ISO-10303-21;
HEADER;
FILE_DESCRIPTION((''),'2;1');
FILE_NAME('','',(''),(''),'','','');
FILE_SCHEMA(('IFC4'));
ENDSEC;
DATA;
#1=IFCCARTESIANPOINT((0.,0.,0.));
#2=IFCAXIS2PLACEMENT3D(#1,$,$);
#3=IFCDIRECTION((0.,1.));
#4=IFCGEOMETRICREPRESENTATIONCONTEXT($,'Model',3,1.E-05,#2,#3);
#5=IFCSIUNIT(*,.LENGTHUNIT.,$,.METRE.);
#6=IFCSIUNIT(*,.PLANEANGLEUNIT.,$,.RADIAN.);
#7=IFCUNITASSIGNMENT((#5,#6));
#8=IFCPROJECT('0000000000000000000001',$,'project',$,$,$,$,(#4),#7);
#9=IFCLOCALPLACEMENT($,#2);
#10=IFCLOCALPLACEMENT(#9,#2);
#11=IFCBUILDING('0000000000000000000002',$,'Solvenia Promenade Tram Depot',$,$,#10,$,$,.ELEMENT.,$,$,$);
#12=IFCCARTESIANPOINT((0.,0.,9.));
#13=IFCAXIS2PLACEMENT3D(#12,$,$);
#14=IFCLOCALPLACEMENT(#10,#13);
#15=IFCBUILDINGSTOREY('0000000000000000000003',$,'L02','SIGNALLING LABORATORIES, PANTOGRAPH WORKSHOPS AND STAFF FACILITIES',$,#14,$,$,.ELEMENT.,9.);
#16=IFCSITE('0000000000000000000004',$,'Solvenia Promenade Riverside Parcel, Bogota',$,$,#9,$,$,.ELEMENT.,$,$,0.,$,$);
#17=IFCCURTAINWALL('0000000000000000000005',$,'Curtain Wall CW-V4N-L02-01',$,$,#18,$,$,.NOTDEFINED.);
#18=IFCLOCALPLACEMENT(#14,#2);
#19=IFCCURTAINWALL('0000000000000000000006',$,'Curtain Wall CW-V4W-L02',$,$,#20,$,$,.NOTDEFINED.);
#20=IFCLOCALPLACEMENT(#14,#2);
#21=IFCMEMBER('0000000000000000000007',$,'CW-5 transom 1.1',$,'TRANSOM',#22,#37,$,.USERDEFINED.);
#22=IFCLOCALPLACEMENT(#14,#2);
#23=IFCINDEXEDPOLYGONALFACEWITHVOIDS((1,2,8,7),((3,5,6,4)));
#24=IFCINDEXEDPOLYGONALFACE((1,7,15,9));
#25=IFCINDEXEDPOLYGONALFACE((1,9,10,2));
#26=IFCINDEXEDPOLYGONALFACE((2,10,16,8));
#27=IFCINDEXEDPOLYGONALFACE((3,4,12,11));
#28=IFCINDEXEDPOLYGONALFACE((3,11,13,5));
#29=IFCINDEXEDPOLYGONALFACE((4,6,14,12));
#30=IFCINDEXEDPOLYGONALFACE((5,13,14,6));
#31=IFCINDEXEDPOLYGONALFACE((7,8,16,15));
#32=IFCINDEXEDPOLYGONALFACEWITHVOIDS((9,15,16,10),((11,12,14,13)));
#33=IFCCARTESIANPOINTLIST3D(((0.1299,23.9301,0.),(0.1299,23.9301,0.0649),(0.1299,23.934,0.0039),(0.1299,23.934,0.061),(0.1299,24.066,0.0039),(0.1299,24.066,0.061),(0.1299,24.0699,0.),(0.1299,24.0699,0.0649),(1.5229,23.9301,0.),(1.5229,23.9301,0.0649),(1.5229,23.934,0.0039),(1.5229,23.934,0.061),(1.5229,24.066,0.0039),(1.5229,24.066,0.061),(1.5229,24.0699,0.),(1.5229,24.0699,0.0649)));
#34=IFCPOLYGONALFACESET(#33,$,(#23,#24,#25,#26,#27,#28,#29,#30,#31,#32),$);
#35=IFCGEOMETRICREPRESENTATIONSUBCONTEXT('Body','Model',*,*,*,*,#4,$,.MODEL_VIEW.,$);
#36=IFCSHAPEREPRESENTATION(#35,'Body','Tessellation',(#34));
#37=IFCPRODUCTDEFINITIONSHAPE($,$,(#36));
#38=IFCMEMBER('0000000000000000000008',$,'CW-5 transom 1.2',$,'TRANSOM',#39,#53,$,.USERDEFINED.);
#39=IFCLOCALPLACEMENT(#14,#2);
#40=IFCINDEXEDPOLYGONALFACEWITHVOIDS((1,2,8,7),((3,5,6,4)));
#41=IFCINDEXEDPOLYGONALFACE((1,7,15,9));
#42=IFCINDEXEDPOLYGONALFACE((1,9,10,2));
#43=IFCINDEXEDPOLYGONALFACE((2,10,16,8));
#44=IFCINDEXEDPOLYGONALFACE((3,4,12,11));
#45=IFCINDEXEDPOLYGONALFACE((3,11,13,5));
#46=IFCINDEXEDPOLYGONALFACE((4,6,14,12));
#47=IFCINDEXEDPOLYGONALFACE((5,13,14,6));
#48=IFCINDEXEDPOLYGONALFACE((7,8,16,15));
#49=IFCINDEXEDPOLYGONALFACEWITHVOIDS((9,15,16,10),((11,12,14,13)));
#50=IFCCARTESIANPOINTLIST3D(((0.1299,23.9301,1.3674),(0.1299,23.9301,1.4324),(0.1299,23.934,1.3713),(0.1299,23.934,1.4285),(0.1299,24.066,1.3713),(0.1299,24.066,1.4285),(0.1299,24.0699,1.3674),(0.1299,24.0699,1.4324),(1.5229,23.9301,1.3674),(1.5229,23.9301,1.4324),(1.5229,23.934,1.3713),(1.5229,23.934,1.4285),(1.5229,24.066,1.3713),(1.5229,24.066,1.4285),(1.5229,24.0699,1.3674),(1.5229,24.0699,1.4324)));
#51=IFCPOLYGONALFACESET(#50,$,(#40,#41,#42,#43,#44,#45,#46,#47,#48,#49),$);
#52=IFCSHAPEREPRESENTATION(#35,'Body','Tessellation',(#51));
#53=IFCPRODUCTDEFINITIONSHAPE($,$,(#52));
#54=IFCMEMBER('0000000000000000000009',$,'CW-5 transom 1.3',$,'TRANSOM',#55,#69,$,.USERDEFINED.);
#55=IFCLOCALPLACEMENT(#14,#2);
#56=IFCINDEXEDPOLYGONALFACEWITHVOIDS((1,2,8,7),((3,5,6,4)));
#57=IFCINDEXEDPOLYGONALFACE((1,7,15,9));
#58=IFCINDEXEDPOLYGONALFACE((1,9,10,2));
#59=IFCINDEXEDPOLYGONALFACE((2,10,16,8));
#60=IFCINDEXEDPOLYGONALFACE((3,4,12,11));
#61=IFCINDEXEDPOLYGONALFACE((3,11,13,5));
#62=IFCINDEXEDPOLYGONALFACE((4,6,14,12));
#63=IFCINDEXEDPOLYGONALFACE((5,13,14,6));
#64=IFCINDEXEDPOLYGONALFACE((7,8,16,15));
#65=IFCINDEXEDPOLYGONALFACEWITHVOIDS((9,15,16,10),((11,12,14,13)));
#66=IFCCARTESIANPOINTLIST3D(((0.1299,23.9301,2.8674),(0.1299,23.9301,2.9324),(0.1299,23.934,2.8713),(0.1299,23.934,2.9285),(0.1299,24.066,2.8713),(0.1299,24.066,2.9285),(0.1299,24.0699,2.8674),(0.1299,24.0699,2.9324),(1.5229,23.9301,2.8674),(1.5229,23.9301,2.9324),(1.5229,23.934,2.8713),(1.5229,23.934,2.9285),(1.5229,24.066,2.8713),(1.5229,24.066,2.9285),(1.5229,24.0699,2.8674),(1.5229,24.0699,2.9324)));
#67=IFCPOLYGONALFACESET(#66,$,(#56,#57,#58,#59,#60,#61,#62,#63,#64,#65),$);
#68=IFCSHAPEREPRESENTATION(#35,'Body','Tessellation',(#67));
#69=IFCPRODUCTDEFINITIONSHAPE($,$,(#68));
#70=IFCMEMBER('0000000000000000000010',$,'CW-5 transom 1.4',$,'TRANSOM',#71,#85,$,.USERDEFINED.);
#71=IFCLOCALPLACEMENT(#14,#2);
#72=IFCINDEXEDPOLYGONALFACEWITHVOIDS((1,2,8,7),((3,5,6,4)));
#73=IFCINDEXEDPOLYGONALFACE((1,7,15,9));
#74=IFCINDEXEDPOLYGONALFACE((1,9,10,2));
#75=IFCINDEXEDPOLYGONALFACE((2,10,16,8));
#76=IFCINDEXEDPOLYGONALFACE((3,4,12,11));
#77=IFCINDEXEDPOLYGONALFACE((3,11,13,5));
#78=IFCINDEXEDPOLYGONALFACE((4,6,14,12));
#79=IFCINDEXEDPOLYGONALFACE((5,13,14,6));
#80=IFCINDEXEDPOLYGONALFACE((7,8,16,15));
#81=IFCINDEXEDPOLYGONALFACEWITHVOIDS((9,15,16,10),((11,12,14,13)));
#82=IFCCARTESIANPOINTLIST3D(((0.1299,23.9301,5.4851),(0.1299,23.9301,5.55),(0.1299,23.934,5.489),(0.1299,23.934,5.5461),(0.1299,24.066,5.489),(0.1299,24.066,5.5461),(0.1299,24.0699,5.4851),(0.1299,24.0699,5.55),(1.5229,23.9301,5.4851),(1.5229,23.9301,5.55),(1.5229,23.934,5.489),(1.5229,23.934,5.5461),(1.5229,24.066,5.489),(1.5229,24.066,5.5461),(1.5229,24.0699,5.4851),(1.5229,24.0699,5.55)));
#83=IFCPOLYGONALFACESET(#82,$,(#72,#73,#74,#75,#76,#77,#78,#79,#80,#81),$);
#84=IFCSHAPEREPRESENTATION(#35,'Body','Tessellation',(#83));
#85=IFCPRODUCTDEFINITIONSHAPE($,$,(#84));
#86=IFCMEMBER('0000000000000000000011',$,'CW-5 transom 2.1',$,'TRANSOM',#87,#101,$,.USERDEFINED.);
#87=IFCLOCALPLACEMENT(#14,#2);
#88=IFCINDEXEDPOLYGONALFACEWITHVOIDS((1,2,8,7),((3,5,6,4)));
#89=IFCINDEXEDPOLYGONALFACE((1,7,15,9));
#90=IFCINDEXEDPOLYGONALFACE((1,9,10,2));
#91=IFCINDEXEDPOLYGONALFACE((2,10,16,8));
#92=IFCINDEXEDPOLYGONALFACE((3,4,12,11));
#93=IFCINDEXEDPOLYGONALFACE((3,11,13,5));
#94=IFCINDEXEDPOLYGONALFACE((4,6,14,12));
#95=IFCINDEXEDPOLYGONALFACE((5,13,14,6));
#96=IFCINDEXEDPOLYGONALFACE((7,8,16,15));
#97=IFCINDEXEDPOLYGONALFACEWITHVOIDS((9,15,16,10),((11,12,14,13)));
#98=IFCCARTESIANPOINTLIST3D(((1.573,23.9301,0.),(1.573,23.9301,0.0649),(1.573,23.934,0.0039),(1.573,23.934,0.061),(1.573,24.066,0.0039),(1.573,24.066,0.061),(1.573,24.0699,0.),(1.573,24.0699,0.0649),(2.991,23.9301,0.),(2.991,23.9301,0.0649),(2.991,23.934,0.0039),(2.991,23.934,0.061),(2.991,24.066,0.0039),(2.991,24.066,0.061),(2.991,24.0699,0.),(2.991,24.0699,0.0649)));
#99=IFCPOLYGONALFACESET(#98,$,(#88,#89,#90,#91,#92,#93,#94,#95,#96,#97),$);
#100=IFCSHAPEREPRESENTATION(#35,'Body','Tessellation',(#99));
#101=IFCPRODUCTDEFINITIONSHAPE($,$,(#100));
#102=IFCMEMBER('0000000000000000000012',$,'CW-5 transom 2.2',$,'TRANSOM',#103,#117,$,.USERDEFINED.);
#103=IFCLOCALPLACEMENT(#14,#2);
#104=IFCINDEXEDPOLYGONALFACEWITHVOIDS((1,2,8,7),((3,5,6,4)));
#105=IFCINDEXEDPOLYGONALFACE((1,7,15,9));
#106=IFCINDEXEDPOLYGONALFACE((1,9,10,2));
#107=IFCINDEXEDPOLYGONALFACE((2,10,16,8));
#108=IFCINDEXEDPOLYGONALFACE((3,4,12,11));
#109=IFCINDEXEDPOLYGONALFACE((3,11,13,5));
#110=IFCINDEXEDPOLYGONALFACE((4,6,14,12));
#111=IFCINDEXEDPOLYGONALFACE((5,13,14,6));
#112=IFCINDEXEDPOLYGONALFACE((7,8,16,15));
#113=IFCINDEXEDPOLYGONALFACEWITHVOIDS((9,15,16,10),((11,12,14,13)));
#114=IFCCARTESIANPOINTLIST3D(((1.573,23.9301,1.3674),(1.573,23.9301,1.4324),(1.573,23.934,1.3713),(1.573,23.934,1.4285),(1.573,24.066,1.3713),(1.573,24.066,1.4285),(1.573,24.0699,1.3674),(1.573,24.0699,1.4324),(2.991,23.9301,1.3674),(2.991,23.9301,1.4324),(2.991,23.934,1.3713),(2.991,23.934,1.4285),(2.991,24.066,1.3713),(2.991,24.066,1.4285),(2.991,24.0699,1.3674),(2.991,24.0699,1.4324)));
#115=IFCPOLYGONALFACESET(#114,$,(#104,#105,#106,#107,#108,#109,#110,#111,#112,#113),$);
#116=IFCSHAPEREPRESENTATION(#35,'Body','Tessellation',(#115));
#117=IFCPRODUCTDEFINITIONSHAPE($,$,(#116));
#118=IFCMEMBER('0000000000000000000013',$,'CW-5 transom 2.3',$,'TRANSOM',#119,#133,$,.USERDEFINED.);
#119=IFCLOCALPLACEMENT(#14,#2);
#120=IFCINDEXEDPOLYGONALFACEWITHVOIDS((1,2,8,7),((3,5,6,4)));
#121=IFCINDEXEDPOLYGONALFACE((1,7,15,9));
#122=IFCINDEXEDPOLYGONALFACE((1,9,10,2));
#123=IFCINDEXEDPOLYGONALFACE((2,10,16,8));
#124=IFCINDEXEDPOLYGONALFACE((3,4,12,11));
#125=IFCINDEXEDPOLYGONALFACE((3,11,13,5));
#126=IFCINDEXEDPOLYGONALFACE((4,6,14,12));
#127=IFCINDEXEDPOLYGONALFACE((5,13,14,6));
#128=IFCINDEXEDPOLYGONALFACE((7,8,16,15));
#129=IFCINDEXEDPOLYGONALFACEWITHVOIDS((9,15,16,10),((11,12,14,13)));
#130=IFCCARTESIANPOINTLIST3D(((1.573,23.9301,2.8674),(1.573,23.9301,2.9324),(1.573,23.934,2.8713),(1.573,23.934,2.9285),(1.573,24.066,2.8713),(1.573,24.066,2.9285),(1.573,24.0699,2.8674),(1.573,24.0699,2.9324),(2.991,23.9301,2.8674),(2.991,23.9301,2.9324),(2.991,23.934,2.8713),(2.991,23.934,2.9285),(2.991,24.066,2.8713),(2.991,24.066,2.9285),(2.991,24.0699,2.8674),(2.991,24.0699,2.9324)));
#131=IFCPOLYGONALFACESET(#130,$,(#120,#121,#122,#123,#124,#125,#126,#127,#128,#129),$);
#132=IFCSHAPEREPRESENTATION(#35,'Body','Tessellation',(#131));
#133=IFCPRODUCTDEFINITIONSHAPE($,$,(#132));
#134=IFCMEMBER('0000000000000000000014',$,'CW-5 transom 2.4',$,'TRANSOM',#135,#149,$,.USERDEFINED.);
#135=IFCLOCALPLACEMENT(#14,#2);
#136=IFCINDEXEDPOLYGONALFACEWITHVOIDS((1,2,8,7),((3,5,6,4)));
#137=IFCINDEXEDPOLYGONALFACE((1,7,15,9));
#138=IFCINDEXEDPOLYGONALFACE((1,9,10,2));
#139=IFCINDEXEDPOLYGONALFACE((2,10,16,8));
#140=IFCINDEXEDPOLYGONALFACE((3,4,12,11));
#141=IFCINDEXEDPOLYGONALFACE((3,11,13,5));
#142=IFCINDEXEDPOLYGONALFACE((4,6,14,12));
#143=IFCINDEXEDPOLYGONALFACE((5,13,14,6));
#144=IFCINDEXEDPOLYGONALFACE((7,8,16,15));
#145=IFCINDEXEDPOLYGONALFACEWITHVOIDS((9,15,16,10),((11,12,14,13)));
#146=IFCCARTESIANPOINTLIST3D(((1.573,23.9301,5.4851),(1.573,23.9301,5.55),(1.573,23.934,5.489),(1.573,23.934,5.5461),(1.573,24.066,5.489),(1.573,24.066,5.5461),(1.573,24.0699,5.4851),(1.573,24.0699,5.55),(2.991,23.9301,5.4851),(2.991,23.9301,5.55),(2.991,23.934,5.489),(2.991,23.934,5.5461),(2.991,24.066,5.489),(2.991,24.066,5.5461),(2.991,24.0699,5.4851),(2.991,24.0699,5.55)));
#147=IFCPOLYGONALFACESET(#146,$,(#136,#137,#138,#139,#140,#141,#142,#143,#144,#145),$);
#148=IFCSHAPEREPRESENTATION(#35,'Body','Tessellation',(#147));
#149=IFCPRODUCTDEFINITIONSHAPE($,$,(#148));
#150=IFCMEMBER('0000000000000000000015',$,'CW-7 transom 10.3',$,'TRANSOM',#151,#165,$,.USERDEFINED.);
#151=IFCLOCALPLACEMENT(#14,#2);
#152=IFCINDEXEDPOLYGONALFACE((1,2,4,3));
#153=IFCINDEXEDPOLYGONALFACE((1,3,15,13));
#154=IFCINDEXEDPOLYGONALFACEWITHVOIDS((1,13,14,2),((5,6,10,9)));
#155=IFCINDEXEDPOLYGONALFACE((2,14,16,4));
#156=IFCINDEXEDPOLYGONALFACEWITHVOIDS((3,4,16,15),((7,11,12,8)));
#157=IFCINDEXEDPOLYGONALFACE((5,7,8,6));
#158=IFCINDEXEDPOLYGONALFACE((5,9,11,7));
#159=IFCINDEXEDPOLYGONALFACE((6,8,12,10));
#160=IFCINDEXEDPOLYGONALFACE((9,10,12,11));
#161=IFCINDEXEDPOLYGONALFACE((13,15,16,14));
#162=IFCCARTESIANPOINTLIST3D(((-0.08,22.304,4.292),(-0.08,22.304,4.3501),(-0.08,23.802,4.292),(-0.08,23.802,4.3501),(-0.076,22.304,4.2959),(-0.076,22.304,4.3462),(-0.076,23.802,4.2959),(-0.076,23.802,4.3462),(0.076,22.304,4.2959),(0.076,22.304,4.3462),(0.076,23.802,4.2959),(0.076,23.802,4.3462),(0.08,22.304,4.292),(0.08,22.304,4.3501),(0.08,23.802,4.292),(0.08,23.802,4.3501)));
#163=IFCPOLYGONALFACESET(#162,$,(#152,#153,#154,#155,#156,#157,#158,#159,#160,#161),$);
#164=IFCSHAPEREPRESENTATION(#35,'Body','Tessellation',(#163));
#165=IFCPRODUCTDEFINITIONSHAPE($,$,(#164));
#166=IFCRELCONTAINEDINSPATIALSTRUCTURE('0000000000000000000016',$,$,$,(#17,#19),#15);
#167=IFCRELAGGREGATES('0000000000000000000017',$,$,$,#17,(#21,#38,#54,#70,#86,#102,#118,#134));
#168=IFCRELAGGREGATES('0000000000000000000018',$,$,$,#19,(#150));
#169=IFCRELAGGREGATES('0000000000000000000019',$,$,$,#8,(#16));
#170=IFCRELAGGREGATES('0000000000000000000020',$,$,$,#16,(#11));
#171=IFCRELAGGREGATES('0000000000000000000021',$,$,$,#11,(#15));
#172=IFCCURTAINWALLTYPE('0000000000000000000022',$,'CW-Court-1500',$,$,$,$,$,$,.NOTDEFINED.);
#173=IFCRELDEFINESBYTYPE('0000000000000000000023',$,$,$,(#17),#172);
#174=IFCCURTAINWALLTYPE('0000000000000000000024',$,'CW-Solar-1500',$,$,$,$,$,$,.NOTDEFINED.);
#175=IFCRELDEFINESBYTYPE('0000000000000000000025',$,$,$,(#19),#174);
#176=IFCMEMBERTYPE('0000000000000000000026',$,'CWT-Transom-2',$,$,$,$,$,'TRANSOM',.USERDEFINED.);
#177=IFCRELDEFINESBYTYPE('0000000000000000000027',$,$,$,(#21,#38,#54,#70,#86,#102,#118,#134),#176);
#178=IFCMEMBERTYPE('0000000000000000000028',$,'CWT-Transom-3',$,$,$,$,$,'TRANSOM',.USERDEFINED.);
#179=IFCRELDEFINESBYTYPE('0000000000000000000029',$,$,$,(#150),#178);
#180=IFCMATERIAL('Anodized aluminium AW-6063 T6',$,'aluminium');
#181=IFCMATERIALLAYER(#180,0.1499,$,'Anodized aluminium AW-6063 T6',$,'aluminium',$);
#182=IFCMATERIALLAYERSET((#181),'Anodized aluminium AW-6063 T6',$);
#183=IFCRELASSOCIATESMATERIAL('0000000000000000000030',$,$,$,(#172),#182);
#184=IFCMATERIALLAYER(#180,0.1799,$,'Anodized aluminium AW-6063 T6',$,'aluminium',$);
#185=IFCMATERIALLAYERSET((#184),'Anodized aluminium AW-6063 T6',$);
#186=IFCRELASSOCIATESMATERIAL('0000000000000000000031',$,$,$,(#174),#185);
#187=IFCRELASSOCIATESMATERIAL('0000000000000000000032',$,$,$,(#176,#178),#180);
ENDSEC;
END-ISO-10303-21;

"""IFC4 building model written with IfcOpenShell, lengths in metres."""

from ifc_helpers import new_model, si_unit, direction, frame, origin, origin_2d, place, context, subcontext, project, spatial, hollow_rectangle, extrude, material, layer, layer_set, material_profile, profile_set, type_object, element, aggregate, save


model = new_model("IFC4")

# Units and contexts
model_context = context("Model", 3, precision=1e-05, world=origin(), true_north=direction((0.0, 1.0)))
body_context = subcontext(model_context, "Body", "Model", "MODEL_VIEW")
ifc_project = project(units=[si_unit("LENGTHUNIT", "METRE"), si_unit("PLANEANGLEUNIT", "RADIAN")], contexts=[model_context])

# Site, building, storey
site_placement = place(None, origin())
site = spatial("IfcSite", under=ifc_project, at=site_placement, Name="Solvenia Promenade Riverside Parcel, Bogota", CompositionType="ELEMENT", RefElevation=0.0)
building_placement = place(site_placement, origin())
building = spatial("IfcBuilding", under=site, at=building_placement, Name="Solvenia Promenade Tram Depot", CompositionType="ELEMENT")
storey_placement = place(building_placement, frame((0.0, 0.0, 9.0)))
storey = spatial("IfcBuildingStorey", under=building, at=storey_placement, Name="L02", Description="SIGNALLING LABORATORIES, PANTOGRAPH WORKSHOPS AND STAFF FACILITIES", CompositionType="ELEMENT", Elevation=9.0)

# Curtain wall
ifc_material_1 = material(Name="Anodized aluminium AW-6063 T6", Category="aluminium")
ifc_layer_1 = layer(ifc_material_1, 0.1499, Name="Anodized aluminium AW-6063 T6", Category="aluminium")
ifc_layer_set_1 = layer_set([ifc_layer_1], Name="Anodized aluminium AW-6063 T6")
curtain_wall_type_1 = type_object("IfcCurtainWallType", Name="CW-Court-1500", PredefinedType="NOTDEFINED", material=ifc_layer_set_1)
curtain_wall_1_placement = place(storey_placement, origin())
curtain_wall_1 = element("IfcCurtainWall", 1, at=curtain_wall_1_placement, inside=storey, type_object=curtain_wall_type_1, Name="Curtain Wall CW-V4N-L02-01", PredefinedType="NOTDEFINED")

# Curtain wall
ifc_layer_2 = layer(ifc_material_1, 0.1799, Name="Anodized aluminium AW-6063 T6", Category="aluminium")
ifc_layer_set_2 = layer_set([ifc_layer_2], Name="Anodized aluminium AW-6063 T6")
curtain_wall_type_2 = type_object("IfcCurtainWallType", Name="CW-Solar-1500", PredefinedType="NOTDEFINED", material=ifc_layer_set_2)
curtain_wall_2_placement = place(storey_placement, origin())
curtain_wall_2 = element("IfcCurtainWall", 2, at=curtain_wall_2_placement, inside=storey, type_object=curtain_wall_type_2, Name="Curtain Wall CW-V4W-L02", PredefinedType="NOTDEFINED")

# Members
ifc_material_profile_1 = material_profile(ifc_material_1, hollow_rectangle(XDim=0.1399, YDim=0.0649, WallThickness=0.0039, at=origin_2d()), Name="ALU-T2", Category="aluminium")
ifc_profile_set_1 = profile_set([ifc_material_profile_1], Name="Anodized aluminium AW-6063 T6")
member_type_1 = type_object("IfcMemberType", Name="CWT-Transom-2", ElementType="TRANSOM", PredefinedType="USERDEFINED", material=ifc_profile_set_1)
member_1_placement = place(storey_placement, frame((0.1299, 24.0, 0.0325), z_axis=(1.0, 0.0, 0.0), x_axis=(0.0, 1.0, 0.0)))
member_1 = element("IfcMember", 3, at=member_1_placement, type_object=member_type_1, Name="CW-5 transom 1.1", ObjectType="TRANSOM", PredefinedType="USERDEFINED", context=body_context, shape_type="SweptSolid", body=[
    extrude(hollow_rectangle(XDim=0.1399, YDim=0.0649, WallThickness=0.0039, at=origin_2d()), origin(), (0.0, 0.0, 1.0), 1.3931),
])
member_2_placement = place(storey_placement, frame((0.1299, 24.0, 1.3999), z_axis=(1.0, 0.0, 0.0), x_axis=(0.0, 1.0, 0.0)))
member_2 = element("IfcMember", 4, at=member_2_placement, type_object=member_type_1, Name="CW-5 transom 1.2", ObjectType="TRANSOM", PredefinedType="USERDEFINED", context=body_context, shape_type="SweptSolid", body=[
    extrude(hollow_rectangle(XDim=0.1399, YDim=0.0649, WallThickness=0.0039, at=origin_2d()), origin(), (0.0, 0.0, 1.0), 1.3931),
])
member_3_placement = place(storey_placement, frame((0.1299, 24.0, 2.8999), z_axis=(1.0, 0.0, 0.0), x_axis=(0.0, 1.0, 0.0)))
member_3 = element("IfcMember", 5, at=member_3_placement, type_object=member_type_1, Name="CW-5 transom 1.3", ObjectType="TRANSOM", PredefinedType="USERDEFINED", context=body_context, shape_type="SweptSolid", body=[
    extrude(hollow_rectangle(XDim=0.1399, YDim=0.0649, WallThickness=0.0039, at=origin_2d()), origin(), (0.0, 0.0, 1.0), 1.3931),
])
member_4_placement = place(storey_placement, frame((0.1299, 24.0, 5.5176), z_axis=(1.0, 0.0, 0.0), x_axis=(0.0, 1.0, 0.0)))
member_4 = element("IfcMember", 6, at=member_4_placement, type_object=member_type_1, Name="CW-5 transom 1.4", ObjectType="TRANSOM", PredefinedType="USERDEFINED", context=body_context, shape_type="SweptSolid", body=[
    extrude(hollow_rectangle(XDim=0.1399, YDim=0.0649, WallThickness=0.0039, at=origin_2d()), origin(), (0.0, 0.0, 1.0), 1.3931),
])
member_5_placement = place(storey_placement, frame((1.573, 24.0, 0.0325), z_axis=(1.0, 0.0, 0.0), x_axis=(0.0, 1.0, 0.0)))
member_5 = element("IfcMember", 7, at=member_5_placement, type_object=member_type_1, Name="CW-5 transom 2.1", ObjectType="TRANSOM", PredefinedType="USERDEFINED", context=body_context, shape_type="SweptSolid", body=[
    extrude(hollow_rectangle(XDim=0.1399, YDim=0.0649, WallThickness=0.0039, at=origin_2d()), origin(), (0.0, 0.0, 1.0), 1.418),
])
member_6_placement = place(storey_placement, frame((1.573, 24.0, 1.3999), z_axis=(1.0, 0.0, 0.0), x_axis=(0.0, 1.0, 0.0)))
member_6 = element("IfcMember", 8, at=member_6_placement, type_object=member_type_1, Name="CW-5 transom 2.2", ObjectType="TRANSOM", PredefinedType="USERDEFINED", context=body_context, shape_type="SweptSolid", body=[
    extrude(hollow_rectangle(XDim=0.1399, YDim=0.0649, WallThickness=0.0039, at=origin_2d()), origin(), (0.0, 0.0, 1.0), 1.418),
])
member_7_placement = place(storey_placement, frame((1.573, 24.0, 2.8999), z_axis=(1.0, 0.0, 0.0), x_axis=(0.0, 1.0, 0.0)))
member_7 = element("IfcMember", 9, at=member_7_placement, type_object=member_type_1, Name="CW-5 transom 2.3", ObjectType="TRANSOM", PredefinedType="USERDEFINED", context=body_context, shape_type="SweptSolid", body=[
    extrude(hollow_rectangle(XDim=0.1399, YDim=0.0649, WallThickness=0.0039, at=origin_2d()), origin(), (0.0, 0.0, 1.0), 1.418),
])
member_8_placement = place(storey_placement, frame((1.573, 24.0, 5.5176), z_axis=(1.0, 0.0, 0.0), x_axis=(0.0, 1.0, 0.0)))
member_8 = element("IfcMember", 10, at=member_8_placement, type_object=member_type_1, Name="CW-5 transom 2.4", ObjectType="TRANSOM", PredefinedType="USERDEFINED", context=body_context, shape_type="SweptSolid", body=[
    extrude(hollow_rectangle(XDim=0.1399, YDim=0.0649, WallThickness=0.0039, at=origin_2d()), origin(), (0.0, 0.0, 1.0), 1.418),
])
ifc_material_profile_2 = material_profile(ifc_material_1, hollow_rectangle(XDim=0.1599, YDim=0.0581, WallThickness=0.0039, at=origin_2d()), Name="ALU-T3", Category="aluminium")
ifc_profile_set_2 = profile_set([ifc_material_profile_2], Name="Anodized aluminium AW-6063 T6")
member_type_2 = type_object("IfcMemberType", Name="CWT-Transom-3", ElementType="TRANSOM", PredefinedType="USERDEFINED", material=ifc_profile_set_2)
member_9_placement = place(storey_placement, frame((0.0, 22.304, 4.321), z_axis=(0.0, 1.0, 0.0), x_axis=(-1.0, 0.0, 0.0)))
member_9 = element("IfcMember", 11, at=member_9_placement, type_object=member_type_2, Name="CW-7 transom 10.3", ObjectType="TRANSOM", PredefinedType="USERDEFINED", context=body_context, shape_type="SweptSolid", body=[
    extrude(hollow_rectangle(XDim=0.1599, YDim=0.0581, WallThickness=0.0039, at=origin_2d()), origin(), (0.0, 0.0, 1.0), 1.498),
])

aggregate(curtain_wall_1, [member_1, member_2, member_3, member_4, member_5, member_6, member_7, member_8])
aggregate(curtain_wall_2, [member_9])

save(model, "model.ifc")
